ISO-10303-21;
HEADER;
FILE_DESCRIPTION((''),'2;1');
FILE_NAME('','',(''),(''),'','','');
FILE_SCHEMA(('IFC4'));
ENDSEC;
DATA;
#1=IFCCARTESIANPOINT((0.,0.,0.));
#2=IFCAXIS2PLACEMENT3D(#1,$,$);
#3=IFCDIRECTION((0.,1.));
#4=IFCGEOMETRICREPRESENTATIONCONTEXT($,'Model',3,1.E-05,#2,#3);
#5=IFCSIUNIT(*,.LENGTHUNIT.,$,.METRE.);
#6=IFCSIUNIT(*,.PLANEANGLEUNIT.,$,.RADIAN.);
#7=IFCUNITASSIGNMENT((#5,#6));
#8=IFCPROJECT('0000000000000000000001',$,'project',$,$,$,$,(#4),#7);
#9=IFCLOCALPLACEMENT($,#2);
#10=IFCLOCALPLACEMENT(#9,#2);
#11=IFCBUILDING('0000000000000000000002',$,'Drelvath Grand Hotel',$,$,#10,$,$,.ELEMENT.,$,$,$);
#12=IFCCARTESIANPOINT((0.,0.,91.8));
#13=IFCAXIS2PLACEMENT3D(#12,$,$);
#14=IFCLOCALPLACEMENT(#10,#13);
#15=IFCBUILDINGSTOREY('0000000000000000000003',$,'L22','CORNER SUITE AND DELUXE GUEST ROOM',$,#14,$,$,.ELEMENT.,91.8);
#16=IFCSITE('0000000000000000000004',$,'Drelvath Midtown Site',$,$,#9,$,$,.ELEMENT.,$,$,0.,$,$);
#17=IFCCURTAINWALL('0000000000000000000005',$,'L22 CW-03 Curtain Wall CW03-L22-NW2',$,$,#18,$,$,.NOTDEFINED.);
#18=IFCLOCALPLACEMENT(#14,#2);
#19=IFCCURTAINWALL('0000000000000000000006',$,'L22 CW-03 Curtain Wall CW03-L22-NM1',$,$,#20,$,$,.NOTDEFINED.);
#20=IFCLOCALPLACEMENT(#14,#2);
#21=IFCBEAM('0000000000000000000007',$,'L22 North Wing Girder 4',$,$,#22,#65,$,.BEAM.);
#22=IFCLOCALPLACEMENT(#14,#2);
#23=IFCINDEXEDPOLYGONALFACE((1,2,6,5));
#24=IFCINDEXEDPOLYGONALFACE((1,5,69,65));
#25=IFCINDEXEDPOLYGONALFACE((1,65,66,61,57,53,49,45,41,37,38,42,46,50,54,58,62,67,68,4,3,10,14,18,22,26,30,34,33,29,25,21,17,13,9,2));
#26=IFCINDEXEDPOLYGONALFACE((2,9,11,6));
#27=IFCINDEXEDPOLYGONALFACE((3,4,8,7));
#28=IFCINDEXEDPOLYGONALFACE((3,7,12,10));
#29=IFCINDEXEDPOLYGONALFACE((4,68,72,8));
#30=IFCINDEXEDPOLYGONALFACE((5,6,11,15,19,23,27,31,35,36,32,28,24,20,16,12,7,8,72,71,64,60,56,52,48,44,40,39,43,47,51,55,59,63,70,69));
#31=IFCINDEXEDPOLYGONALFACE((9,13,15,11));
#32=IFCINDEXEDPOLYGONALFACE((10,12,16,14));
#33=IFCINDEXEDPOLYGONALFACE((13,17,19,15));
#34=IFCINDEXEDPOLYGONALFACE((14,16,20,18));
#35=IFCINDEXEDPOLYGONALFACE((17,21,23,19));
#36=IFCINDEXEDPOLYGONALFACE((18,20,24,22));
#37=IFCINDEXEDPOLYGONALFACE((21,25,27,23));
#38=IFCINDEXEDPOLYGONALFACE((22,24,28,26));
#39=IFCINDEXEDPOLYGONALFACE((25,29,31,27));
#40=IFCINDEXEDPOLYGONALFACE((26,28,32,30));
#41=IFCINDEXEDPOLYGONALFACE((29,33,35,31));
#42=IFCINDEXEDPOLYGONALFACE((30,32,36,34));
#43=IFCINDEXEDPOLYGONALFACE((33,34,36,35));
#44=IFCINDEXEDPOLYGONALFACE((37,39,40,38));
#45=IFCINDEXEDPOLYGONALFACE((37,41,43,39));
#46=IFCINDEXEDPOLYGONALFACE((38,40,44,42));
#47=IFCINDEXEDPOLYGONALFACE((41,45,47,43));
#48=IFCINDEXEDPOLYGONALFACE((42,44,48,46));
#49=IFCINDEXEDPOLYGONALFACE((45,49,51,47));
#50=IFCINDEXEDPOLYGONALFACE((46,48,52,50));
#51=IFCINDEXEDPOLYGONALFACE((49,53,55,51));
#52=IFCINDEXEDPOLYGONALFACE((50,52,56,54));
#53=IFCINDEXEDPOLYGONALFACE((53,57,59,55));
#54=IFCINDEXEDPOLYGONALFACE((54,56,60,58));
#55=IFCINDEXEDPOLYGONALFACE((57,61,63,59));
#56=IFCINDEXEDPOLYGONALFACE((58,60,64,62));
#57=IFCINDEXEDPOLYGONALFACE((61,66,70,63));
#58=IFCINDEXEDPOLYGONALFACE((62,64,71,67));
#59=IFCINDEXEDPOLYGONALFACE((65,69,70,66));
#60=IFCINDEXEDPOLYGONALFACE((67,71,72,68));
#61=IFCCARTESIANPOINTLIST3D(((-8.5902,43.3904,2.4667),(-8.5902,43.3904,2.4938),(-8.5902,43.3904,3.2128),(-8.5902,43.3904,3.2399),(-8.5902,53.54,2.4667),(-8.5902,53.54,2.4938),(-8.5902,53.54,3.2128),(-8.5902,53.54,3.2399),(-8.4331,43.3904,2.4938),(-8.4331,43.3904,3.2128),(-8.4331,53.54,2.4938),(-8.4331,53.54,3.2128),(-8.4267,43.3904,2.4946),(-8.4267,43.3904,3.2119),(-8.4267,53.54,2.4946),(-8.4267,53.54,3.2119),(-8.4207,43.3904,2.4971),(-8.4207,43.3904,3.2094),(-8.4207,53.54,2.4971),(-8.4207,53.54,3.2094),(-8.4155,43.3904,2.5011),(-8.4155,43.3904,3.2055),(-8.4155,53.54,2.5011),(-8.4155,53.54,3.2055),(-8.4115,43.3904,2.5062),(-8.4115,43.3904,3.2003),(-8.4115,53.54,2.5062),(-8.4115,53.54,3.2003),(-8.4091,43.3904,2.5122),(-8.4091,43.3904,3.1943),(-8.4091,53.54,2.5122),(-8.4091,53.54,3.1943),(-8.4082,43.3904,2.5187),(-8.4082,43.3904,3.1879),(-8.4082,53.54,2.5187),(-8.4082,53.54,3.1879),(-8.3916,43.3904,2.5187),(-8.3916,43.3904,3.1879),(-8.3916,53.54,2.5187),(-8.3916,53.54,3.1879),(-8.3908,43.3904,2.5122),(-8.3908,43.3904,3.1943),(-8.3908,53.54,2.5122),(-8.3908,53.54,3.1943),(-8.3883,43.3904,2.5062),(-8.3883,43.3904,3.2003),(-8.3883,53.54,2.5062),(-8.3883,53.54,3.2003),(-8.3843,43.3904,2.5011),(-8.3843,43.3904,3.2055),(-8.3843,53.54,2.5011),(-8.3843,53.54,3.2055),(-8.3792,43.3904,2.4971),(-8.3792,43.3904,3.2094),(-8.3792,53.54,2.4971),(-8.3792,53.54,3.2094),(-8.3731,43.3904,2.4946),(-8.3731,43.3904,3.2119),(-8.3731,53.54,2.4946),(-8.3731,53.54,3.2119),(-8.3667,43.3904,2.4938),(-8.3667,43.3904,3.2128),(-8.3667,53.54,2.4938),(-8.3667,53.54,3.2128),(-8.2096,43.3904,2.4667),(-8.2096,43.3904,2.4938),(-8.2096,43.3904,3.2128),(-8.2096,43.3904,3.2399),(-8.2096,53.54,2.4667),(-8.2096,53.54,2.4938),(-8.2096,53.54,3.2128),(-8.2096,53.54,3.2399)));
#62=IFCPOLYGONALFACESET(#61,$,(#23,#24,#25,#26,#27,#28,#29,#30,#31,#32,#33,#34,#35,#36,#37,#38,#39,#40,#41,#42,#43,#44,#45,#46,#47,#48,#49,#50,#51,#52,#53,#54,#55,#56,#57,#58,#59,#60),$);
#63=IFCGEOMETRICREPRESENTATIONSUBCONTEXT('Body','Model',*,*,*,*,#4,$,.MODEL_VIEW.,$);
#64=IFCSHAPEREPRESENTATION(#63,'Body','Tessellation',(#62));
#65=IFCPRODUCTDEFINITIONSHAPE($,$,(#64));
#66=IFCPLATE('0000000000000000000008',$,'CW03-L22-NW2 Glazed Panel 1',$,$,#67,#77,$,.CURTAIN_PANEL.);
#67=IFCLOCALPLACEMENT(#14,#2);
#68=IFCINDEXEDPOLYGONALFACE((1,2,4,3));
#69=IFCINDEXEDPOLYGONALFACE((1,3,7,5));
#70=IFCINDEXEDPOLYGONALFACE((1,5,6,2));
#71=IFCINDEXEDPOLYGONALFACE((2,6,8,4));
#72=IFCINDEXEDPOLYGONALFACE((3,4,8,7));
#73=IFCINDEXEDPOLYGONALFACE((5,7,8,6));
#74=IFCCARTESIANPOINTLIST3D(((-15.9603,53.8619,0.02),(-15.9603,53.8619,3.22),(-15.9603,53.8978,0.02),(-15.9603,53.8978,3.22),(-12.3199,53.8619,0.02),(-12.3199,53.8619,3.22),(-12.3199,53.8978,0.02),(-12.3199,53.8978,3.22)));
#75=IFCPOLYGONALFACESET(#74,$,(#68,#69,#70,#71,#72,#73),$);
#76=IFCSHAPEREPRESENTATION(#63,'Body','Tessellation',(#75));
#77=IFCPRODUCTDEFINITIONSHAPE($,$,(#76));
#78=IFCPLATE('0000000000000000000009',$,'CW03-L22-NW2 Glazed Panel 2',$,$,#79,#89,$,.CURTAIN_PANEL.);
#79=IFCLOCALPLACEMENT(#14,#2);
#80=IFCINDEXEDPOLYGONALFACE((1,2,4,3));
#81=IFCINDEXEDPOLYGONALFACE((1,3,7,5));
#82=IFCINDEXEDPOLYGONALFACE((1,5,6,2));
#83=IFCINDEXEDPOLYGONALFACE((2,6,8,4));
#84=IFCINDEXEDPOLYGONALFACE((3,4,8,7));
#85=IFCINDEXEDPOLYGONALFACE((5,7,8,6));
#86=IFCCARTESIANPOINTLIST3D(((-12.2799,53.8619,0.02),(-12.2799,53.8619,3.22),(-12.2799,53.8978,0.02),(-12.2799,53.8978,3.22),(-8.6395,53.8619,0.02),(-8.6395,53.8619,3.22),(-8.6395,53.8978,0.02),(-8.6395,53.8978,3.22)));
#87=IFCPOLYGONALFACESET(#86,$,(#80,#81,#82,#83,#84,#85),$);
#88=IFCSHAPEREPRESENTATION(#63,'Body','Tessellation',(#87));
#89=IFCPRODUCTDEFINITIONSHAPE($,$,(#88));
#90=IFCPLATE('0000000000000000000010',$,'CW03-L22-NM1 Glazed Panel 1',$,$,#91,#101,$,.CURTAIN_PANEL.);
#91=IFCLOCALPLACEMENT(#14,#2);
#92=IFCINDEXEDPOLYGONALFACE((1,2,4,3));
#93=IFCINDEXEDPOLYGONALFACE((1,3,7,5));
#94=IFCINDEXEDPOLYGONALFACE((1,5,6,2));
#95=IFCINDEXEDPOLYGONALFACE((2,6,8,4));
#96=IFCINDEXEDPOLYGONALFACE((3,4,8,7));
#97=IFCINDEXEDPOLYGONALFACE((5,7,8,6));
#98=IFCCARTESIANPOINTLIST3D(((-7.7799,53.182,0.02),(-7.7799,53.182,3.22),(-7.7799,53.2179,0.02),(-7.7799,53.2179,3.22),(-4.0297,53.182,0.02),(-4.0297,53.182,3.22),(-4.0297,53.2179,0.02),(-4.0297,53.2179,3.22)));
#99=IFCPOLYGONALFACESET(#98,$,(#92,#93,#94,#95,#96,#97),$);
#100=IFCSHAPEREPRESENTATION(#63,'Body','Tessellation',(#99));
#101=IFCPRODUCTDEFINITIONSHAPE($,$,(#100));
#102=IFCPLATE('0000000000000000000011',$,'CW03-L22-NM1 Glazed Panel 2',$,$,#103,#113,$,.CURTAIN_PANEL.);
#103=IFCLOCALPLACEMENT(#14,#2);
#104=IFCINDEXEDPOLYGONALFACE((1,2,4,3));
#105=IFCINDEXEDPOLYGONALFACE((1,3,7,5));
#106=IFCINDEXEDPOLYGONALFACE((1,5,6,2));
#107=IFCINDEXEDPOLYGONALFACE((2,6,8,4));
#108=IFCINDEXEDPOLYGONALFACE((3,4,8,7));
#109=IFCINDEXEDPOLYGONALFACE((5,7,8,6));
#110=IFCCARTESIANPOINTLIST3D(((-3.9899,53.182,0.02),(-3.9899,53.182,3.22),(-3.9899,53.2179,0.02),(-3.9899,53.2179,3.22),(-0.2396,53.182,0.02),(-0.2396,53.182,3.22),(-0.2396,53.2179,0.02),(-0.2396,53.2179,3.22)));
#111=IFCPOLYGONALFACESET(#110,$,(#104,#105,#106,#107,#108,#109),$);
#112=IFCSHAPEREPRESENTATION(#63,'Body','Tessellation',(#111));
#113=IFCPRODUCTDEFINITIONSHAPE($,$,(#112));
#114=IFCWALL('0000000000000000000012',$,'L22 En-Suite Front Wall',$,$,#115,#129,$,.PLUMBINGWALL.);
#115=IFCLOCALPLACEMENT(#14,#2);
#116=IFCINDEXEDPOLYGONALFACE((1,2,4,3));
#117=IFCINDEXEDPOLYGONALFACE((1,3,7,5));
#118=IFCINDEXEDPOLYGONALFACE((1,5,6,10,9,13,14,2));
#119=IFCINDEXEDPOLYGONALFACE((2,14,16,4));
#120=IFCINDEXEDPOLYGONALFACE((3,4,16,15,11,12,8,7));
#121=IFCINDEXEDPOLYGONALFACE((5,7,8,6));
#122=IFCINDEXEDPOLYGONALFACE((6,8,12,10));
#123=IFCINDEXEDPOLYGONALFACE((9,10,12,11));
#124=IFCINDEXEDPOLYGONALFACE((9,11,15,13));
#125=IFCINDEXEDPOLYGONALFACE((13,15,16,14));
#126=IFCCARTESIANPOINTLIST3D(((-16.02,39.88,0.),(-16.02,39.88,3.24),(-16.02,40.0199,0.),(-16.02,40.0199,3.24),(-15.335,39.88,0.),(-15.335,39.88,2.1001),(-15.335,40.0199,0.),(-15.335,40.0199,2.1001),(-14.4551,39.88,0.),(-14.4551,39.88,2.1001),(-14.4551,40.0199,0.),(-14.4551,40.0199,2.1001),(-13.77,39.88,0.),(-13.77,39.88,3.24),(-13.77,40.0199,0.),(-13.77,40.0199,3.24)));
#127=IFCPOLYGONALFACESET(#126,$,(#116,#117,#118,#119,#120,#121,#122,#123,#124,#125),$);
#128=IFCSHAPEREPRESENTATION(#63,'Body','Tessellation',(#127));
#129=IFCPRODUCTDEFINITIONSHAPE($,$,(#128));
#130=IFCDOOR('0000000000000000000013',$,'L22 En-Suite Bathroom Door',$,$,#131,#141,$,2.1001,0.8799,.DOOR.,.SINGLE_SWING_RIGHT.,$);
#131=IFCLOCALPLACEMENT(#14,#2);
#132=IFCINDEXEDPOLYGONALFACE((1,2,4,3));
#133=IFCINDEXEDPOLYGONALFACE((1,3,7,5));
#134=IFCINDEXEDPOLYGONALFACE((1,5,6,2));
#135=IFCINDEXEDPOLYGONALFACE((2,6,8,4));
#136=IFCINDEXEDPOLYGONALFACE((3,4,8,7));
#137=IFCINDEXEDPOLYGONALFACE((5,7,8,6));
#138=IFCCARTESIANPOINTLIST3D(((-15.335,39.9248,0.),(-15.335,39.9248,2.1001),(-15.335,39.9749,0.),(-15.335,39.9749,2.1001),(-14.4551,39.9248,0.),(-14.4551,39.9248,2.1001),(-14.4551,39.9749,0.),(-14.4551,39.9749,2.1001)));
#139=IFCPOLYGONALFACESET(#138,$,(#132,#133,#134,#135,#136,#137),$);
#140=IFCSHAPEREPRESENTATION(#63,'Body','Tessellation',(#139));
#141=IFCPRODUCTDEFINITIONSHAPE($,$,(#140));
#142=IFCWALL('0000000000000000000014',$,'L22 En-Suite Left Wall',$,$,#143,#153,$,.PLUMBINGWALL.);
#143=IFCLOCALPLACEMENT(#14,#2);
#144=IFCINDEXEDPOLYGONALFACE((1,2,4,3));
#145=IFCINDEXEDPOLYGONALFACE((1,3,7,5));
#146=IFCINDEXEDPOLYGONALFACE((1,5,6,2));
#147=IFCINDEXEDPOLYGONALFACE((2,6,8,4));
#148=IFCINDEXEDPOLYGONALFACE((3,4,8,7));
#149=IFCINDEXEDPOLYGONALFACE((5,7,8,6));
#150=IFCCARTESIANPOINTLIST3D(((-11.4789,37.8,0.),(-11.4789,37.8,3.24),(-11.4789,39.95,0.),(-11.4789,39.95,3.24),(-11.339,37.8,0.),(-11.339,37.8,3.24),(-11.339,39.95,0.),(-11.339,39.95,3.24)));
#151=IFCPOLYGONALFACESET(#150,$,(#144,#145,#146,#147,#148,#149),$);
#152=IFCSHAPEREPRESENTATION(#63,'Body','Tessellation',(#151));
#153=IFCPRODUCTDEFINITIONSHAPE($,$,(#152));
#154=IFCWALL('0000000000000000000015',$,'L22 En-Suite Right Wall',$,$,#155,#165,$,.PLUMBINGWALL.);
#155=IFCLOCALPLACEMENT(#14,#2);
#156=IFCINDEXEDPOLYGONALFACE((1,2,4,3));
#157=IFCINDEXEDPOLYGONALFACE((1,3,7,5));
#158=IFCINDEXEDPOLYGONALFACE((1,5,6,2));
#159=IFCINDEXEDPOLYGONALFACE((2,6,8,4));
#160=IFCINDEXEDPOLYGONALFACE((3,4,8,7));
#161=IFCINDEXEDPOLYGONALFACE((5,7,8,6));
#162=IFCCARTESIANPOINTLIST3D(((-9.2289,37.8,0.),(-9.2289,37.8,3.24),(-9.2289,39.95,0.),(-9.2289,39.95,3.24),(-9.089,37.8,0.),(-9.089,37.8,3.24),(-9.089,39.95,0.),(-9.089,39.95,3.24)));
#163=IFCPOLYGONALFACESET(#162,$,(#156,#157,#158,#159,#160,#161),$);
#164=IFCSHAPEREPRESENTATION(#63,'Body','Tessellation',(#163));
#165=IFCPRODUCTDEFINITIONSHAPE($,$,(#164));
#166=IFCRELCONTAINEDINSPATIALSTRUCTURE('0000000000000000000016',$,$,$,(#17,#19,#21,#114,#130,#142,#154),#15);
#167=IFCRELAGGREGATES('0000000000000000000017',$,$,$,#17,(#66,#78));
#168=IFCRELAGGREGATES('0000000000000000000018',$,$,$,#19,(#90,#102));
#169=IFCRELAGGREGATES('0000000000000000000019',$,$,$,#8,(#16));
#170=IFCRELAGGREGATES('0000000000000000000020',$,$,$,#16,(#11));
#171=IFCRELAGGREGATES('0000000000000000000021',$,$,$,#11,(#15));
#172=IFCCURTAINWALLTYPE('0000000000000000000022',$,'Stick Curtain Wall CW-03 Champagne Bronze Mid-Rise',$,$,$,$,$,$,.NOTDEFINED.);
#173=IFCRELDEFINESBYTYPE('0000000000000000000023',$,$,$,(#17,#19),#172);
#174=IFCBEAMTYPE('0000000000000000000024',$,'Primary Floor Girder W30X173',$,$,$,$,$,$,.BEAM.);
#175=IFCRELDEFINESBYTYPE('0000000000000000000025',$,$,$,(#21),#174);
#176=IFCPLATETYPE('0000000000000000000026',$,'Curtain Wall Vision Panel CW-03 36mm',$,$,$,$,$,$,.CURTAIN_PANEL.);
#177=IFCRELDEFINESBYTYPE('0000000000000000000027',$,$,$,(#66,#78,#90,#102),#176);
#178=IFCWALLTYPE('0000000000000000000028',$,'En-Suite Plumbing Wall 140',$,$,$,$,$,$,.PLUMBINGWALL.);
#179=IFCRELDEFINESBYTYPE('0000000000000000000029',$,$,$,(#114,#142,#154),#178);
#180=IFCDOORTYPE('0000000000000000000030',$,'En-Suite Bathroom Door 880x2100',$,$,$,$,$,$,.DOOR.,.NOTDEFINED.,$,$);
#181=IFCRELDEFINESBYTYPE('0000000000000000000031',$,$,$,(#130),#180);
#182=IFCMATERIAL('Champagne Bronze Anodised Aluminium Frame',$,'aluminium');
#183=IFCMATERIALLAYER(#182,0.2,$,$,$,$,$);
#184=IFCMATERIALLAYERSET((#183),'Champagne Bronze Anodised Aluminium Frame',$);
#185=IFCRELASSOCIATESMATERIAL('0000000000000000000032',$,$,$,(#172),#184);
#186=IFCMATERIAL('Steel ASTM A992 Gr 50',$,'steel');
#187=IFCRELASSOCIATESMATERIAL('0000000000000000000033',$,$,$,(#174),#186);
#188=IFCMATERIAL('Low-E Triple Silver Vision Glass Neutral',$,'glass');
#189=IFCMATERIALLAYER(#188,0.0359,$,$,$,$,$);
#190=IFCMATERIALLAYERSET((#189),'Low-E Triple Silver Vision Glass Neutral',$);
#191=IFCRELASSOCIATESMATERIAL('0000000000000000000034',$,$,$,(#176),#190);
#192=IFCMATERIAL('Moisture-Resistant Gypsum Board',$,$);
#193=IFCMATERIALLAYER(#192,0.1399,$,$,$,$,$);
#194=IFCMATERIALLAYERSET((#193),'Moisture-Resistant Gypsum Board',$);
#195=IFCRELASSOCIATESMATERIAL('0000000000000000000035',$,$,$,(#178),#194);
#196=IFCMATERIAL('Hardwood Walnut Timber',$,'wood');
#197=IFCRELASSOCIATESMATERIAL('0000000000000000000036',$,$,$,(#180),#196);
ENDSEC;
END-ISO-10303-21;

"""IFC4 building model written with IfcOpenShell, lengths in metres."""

from ifc_helpers import new_model, si_unit, direction, frame, frame_2d, origin, origin_2d, place, context, subcontext, project, spatial, rectangle, i_section, extrude, material, layer, layer_set, material_profile, profile_set, type_object, element, fill, aggregate, save


model = new_model("IFC4")

# Units and contexts
model_context = context("Model", 3, precision=1e-05, world=origin(), true_north=direction((0.0, 1.0)))
body_context = subcontext(model_context, "Body", "Model", "MODEL_VIEW")
ifc_project = project(units=[si_unit("LENGTHUNIT", "METRE"), si_unit("PLANEANGLEUNIT", "RADIAN")], contexts=[model_context])

# Site, building, storey
site_placement = place(None, origin())
site = spatial("IfcSite", under=ifc_project, at=site_placement, Name="Drelvath Midtown Site", CompositionType="ELEMENT", RefElevation=0.0)
building_placement = place(site_placement, origin())
building = spatial("IfcBuilding", under=site, at=building_placement, Name="Drelvath Grand Hotel", CompositionType="ELEMENT")
storey_placement = place(building_placement, frame((0.0, 0.0, 91.8)))
storey = spatial("IfcBuildingStorey", under=building, at=storey_placement, Name="L22", Description="CORNER SUITE AND DELUXE GUEST ROOM", CompositionType="ELEMENT", Elevation=91.8)

# Curtain walls
ifc_material_1 = material(Name="Champagne Bronze Anodised Aluminium Frame", Category="aluminium")
ifc_layer_1 = layer(ifc_material_1, 0.2)
ifc_layer_set_1 = layer_set([ifc_layer_1], Name="Champagne Bronze Anodised Aluminium Frame")
curtain_wall_type = type_object("IfcCurtainWallType", Name="Stick Curtain Wall CW-03 Champagne Bronze Mid-Rise", PredefinedType="NOTDEFINED", material=ifc_layer_set_1)
curtain_wall_1_placement = place(storey_placement, origin())
curtain_wall_1 = element("IfcCurtainWall", 1, at=curtain_wall_1_placement, inside=storey, type_object=curtain_wall_type, Name="L22 CW-03 Curtain Wall CW03-L22-NW2", PredefinedType="NOTDEFINED")
curtain_wall_2_placement = place(storey_placement, origin())
curtain_wall_2 = element("IfcCurtainWall", 2, at=curtain_wall_2_placement, inside=storey, type_object=curtain_wall_type, Name="L22 CW-03 Curtain Wall CW03-L22-NM1", PredefinedType="NOTDEFINED")

# Beam
ifc_material_2 = material(Name="Steel ASTM A992 Gr 50", Category="steel")
ifc_material_profile_1 = material_profile(ifc_material_2, i_section(OverallWidth=0.3806, OverallDepth=0.7732, WebThickness=0.0166, FlangeThickness=0.0271, FilletRadius=0.0249, at=origin_2d()), Name="W30X173")
ifc_profile_set_1 = profile_set([ifc_material_profile_1], Name="Steel ASTM A992 Gr 50")
beam_type_1 = type_object("IfcBeamType", Name="Primary Floor Girder W30X173", PredefinedType="BEAM", material=ifc_profile_set_1)
beam_1_placement = place(storey_placement, frame((-8.3999, 43.3904, 2.8533), z_axis=(0.0, 1.0, 0.0), x_axis=(-1.0, 0.0, 0.0)))
element("IfcBeam", 3, at=beam_1_placement, inside=storey, type_object=beam_type_1, Name="L22 North Wing Girder 4", PredefinedType="BEAM", context=body_context, shape_type="SweptSolid", body=[
    extrude(i_section(OverallWidth=0.3806, OverallDepth=0.7732, WebThickness=0.0166, FlangeThickness=0.0271, FilletRadius=0.0249, at=origin_2d()), origin(), (0.0, 0.0, 1.0), 10.1497),
])

# Plates
ifc_material_3 = material(Name="Low-E Triple Silver Vision Glass Neutral", Category="glass")
ifc_layer_2 = layer(ifc_material_3, 0.0359)
ifc_layer_set_2 = layer_set([ifc_layer_2], Name="Low-E Triple Silver Vision Glass Neutral")
plate_type = type_object("IfcPlateType", Name="Curtain Wall Vision Panel CW-03 36mm", PredefinedType="CURTAIN_PANEL", material=ifc_layer_set_2)
plate_1_placement = place(storey_placement, frame((-14.1401, 53.8799, 0.02), z_axis=(0.0, 0.0, 1.0), x_axis=(1.0, 0.0, 0.0)))
plate_1 = element("IfcPlate", 4, at=plate_1_placement, type_object=plate_type, Name="CW03-L22-NW2 Glazed Panel 1", PredefinedType="CURTAIN_PANEL", context=body_context, shape_type="SweptSolid", body=[
    extrude(rectangle(XDim=3.6404, YDim=0.0359, at=origin_2d()), origin(), (0.0, 0.0, 1.0), 3.2),
])
plate_2_placement = place(storey_placement, frame((-10.4597, 53.8799, 0.02), z_axis=(0.0, 0.0, 1.0), x_axis=(1.0, 0.0, 0.0)))
plate_2 = element("IfcPlate", 5, at=plate_2_placement, type_object=plate_type, Name="CW03-L22-NW2 Glazed Panel 2", PredefinedType="CURTAIN_PANEL", context=body_context, shape_type="SweptSolid", body=[
    extrude(rectangle(XDim=3.6404, YDim=0.0359, at=origin_2d()), origin(), (0.0, 0.0, 1.0), 3.2),
])
aggregate(curtain_wall_1, [plate_1, plate_2])
plate_3_placement = place(storey_placement, frame((-5.9048, 53.2, 0.02), z_axis=(0.0, 0.0, 1.0), x_axis=(1.0, 0.0, 0.0)))
plate_3 = element("IfcPlate", 6, at=plate_3_placement, type_object=plate_type, Name="CW03-L22-NM1 Glazed Panel 1", PredefinedType="CURTAIN_PANEL", context=body_context, shape_type="SweptSolid", body=[
    extrude(rectangle(XDim=3.7502, YDim=0.0359, at=origin_2d()), origin(), (0.0, 0.0, 1.0), 3.2),
])
plate_4_placement = place(storey_placement, frame((-2.1147, 53.2, 0.02), z_axis=(0.0, 0.0, 1.0), x_axis=(1.0, 0.0, 0.0)))
plate_4 = element("IfcPlate", 7, at=plate_4_placement, type_object=plate_type, Name="CW03-L22-NM1 Glazed Panel 2", PredefinedType="CURTAIN_PANEL", context=body_context, shape_type="SweptSolid", body=[
    extrude(rectangle(XDim=3.7502, YDim=0.0359, at=origin_2d()), origin(), (0.0, 0.0, 1.0), 3.2),
])
aggregate(curtain_wall_2, [plate_3, plate_4])

# Wall, opening, door
ifc_material_4 = material(Name="Moisture-Resistant Gypsum Board")
ifc_layer_3 = layer(ifc_material_4, 0.1399)
ifc_layer_set_3 = layer_set([ifc_layer_3], Name="Moisture-Resistant Gypsum Board")
wall_type_1 = type_object("IfcWallType", Name="En-Suite Plumbing Wall 140", PredefinedType="PLUMBINGWALL", material=ifc_layer_set_3)
wall_1_placement = place(storey_placement, frame((-16.02, 39.95, 0.0), z_axis=(0.0, 0.0, 1.0), x_axis=(1.0, 0.0, 0.0)))
wall_1 = element("IfcWall", 8, at=wall_1_placement, inside=storey, type_object=wall_type_1, Name="L22 En-Suite Front Wall", PredefinedType="PLUMBINGWALL", context=body_context, shape_type="SweptSolid", body=[
    extrude(rectangle(XDim=2.25, YDim=0.1399, at=frame_2d((1.125, 0.0))), origin(), (0.0, 0.0, 1.0), 3.24),
])
opening_1_placement = place(wall_1_placement, frame((0.6851, 0.0, 0.0)))
opening_1 = element("IfcOpeningElement", 9, at=opening_1_placement, cuts=wall_1, PredefinedType="OPENING", context=body_context, shape_type="SweptSolid", body=[
    extrude(rectangle(XDim=0.8799, YDim=2.1001, at=frame_2d((0.4399, 1.05))), frame((0.0, 0.0798, 0.0), z_axis=(0.0, -1.0, 0.0), x_axis=(1.0, 0.0, 0.0)), (0.0, 0.0, 1.0), 0.1599),
])
ifc_material_5 = material(Name="Hardwood Walnut Timber", Category="wood")
door_type = type_object("IfcDoorType", Name="En-Suite Bathroom Door 880x2100", OperationType="NOTDEFINED", PredefinedType="DOOR", material=ifc_material_5)
door_1_placement = place(opening_1_placement, origin())
door_1 = element("IfcDoor", 10, at=door_1_placement, inside=storey, type_object=door_type, Name="L22 En-Suite Bathroom Door", OperationType="SINGLE_SWING_RIGHT", OverallHeight=2.1001, OverallWidth=0.8799, PredefinedType="DOOR", context=body_context, shape_type="SweptSolid", body=[
    extrude(rectangle(XDim=0.8799, YDim=2.1001, at=frame_2d((0.4399, 1.05))), frame((0.0, 0.0249, 0.0), z_axis=(0.0, -1.0, 0.0), x_axis=(1.0, 0.0, 0.0)), (0.0, 0.0, 1.0), 0.05),
])
fill(opening_1, door_1)

# Walls
for number, where, z_axis, x_axis, name in (
    (11, (-11.4089, 37.8, 0.0), (0.0, 0.0, 1.0), (0.0, 1.0, 0.0), "L22 En-Suite Left Wall"),
    (12, (-9.1589, 37.8, 0.0), (0.0, 0.0, 1.0), (0.0, 1.0, 0.0), "L22 En-Suite Right Wall"),
):
    element("IfcWall", number, at=place(storey_placement, frame(where, z_axis=z_axis, x_axis=x_axis)), inside=storey, type_object=wall_type_1, Name=name, PredefinedType="PLUMBINGWALL", context=body_context, shape_type="SweptSolid", body=[
        extrude(rectangle(XDim=2.1499, YDim=0.1399, at=frame_2d((1.075, 0.0))), origin(), (0.0, 0.0, 1.0), 3.24),
    ])

save(model, "model.ifc")
